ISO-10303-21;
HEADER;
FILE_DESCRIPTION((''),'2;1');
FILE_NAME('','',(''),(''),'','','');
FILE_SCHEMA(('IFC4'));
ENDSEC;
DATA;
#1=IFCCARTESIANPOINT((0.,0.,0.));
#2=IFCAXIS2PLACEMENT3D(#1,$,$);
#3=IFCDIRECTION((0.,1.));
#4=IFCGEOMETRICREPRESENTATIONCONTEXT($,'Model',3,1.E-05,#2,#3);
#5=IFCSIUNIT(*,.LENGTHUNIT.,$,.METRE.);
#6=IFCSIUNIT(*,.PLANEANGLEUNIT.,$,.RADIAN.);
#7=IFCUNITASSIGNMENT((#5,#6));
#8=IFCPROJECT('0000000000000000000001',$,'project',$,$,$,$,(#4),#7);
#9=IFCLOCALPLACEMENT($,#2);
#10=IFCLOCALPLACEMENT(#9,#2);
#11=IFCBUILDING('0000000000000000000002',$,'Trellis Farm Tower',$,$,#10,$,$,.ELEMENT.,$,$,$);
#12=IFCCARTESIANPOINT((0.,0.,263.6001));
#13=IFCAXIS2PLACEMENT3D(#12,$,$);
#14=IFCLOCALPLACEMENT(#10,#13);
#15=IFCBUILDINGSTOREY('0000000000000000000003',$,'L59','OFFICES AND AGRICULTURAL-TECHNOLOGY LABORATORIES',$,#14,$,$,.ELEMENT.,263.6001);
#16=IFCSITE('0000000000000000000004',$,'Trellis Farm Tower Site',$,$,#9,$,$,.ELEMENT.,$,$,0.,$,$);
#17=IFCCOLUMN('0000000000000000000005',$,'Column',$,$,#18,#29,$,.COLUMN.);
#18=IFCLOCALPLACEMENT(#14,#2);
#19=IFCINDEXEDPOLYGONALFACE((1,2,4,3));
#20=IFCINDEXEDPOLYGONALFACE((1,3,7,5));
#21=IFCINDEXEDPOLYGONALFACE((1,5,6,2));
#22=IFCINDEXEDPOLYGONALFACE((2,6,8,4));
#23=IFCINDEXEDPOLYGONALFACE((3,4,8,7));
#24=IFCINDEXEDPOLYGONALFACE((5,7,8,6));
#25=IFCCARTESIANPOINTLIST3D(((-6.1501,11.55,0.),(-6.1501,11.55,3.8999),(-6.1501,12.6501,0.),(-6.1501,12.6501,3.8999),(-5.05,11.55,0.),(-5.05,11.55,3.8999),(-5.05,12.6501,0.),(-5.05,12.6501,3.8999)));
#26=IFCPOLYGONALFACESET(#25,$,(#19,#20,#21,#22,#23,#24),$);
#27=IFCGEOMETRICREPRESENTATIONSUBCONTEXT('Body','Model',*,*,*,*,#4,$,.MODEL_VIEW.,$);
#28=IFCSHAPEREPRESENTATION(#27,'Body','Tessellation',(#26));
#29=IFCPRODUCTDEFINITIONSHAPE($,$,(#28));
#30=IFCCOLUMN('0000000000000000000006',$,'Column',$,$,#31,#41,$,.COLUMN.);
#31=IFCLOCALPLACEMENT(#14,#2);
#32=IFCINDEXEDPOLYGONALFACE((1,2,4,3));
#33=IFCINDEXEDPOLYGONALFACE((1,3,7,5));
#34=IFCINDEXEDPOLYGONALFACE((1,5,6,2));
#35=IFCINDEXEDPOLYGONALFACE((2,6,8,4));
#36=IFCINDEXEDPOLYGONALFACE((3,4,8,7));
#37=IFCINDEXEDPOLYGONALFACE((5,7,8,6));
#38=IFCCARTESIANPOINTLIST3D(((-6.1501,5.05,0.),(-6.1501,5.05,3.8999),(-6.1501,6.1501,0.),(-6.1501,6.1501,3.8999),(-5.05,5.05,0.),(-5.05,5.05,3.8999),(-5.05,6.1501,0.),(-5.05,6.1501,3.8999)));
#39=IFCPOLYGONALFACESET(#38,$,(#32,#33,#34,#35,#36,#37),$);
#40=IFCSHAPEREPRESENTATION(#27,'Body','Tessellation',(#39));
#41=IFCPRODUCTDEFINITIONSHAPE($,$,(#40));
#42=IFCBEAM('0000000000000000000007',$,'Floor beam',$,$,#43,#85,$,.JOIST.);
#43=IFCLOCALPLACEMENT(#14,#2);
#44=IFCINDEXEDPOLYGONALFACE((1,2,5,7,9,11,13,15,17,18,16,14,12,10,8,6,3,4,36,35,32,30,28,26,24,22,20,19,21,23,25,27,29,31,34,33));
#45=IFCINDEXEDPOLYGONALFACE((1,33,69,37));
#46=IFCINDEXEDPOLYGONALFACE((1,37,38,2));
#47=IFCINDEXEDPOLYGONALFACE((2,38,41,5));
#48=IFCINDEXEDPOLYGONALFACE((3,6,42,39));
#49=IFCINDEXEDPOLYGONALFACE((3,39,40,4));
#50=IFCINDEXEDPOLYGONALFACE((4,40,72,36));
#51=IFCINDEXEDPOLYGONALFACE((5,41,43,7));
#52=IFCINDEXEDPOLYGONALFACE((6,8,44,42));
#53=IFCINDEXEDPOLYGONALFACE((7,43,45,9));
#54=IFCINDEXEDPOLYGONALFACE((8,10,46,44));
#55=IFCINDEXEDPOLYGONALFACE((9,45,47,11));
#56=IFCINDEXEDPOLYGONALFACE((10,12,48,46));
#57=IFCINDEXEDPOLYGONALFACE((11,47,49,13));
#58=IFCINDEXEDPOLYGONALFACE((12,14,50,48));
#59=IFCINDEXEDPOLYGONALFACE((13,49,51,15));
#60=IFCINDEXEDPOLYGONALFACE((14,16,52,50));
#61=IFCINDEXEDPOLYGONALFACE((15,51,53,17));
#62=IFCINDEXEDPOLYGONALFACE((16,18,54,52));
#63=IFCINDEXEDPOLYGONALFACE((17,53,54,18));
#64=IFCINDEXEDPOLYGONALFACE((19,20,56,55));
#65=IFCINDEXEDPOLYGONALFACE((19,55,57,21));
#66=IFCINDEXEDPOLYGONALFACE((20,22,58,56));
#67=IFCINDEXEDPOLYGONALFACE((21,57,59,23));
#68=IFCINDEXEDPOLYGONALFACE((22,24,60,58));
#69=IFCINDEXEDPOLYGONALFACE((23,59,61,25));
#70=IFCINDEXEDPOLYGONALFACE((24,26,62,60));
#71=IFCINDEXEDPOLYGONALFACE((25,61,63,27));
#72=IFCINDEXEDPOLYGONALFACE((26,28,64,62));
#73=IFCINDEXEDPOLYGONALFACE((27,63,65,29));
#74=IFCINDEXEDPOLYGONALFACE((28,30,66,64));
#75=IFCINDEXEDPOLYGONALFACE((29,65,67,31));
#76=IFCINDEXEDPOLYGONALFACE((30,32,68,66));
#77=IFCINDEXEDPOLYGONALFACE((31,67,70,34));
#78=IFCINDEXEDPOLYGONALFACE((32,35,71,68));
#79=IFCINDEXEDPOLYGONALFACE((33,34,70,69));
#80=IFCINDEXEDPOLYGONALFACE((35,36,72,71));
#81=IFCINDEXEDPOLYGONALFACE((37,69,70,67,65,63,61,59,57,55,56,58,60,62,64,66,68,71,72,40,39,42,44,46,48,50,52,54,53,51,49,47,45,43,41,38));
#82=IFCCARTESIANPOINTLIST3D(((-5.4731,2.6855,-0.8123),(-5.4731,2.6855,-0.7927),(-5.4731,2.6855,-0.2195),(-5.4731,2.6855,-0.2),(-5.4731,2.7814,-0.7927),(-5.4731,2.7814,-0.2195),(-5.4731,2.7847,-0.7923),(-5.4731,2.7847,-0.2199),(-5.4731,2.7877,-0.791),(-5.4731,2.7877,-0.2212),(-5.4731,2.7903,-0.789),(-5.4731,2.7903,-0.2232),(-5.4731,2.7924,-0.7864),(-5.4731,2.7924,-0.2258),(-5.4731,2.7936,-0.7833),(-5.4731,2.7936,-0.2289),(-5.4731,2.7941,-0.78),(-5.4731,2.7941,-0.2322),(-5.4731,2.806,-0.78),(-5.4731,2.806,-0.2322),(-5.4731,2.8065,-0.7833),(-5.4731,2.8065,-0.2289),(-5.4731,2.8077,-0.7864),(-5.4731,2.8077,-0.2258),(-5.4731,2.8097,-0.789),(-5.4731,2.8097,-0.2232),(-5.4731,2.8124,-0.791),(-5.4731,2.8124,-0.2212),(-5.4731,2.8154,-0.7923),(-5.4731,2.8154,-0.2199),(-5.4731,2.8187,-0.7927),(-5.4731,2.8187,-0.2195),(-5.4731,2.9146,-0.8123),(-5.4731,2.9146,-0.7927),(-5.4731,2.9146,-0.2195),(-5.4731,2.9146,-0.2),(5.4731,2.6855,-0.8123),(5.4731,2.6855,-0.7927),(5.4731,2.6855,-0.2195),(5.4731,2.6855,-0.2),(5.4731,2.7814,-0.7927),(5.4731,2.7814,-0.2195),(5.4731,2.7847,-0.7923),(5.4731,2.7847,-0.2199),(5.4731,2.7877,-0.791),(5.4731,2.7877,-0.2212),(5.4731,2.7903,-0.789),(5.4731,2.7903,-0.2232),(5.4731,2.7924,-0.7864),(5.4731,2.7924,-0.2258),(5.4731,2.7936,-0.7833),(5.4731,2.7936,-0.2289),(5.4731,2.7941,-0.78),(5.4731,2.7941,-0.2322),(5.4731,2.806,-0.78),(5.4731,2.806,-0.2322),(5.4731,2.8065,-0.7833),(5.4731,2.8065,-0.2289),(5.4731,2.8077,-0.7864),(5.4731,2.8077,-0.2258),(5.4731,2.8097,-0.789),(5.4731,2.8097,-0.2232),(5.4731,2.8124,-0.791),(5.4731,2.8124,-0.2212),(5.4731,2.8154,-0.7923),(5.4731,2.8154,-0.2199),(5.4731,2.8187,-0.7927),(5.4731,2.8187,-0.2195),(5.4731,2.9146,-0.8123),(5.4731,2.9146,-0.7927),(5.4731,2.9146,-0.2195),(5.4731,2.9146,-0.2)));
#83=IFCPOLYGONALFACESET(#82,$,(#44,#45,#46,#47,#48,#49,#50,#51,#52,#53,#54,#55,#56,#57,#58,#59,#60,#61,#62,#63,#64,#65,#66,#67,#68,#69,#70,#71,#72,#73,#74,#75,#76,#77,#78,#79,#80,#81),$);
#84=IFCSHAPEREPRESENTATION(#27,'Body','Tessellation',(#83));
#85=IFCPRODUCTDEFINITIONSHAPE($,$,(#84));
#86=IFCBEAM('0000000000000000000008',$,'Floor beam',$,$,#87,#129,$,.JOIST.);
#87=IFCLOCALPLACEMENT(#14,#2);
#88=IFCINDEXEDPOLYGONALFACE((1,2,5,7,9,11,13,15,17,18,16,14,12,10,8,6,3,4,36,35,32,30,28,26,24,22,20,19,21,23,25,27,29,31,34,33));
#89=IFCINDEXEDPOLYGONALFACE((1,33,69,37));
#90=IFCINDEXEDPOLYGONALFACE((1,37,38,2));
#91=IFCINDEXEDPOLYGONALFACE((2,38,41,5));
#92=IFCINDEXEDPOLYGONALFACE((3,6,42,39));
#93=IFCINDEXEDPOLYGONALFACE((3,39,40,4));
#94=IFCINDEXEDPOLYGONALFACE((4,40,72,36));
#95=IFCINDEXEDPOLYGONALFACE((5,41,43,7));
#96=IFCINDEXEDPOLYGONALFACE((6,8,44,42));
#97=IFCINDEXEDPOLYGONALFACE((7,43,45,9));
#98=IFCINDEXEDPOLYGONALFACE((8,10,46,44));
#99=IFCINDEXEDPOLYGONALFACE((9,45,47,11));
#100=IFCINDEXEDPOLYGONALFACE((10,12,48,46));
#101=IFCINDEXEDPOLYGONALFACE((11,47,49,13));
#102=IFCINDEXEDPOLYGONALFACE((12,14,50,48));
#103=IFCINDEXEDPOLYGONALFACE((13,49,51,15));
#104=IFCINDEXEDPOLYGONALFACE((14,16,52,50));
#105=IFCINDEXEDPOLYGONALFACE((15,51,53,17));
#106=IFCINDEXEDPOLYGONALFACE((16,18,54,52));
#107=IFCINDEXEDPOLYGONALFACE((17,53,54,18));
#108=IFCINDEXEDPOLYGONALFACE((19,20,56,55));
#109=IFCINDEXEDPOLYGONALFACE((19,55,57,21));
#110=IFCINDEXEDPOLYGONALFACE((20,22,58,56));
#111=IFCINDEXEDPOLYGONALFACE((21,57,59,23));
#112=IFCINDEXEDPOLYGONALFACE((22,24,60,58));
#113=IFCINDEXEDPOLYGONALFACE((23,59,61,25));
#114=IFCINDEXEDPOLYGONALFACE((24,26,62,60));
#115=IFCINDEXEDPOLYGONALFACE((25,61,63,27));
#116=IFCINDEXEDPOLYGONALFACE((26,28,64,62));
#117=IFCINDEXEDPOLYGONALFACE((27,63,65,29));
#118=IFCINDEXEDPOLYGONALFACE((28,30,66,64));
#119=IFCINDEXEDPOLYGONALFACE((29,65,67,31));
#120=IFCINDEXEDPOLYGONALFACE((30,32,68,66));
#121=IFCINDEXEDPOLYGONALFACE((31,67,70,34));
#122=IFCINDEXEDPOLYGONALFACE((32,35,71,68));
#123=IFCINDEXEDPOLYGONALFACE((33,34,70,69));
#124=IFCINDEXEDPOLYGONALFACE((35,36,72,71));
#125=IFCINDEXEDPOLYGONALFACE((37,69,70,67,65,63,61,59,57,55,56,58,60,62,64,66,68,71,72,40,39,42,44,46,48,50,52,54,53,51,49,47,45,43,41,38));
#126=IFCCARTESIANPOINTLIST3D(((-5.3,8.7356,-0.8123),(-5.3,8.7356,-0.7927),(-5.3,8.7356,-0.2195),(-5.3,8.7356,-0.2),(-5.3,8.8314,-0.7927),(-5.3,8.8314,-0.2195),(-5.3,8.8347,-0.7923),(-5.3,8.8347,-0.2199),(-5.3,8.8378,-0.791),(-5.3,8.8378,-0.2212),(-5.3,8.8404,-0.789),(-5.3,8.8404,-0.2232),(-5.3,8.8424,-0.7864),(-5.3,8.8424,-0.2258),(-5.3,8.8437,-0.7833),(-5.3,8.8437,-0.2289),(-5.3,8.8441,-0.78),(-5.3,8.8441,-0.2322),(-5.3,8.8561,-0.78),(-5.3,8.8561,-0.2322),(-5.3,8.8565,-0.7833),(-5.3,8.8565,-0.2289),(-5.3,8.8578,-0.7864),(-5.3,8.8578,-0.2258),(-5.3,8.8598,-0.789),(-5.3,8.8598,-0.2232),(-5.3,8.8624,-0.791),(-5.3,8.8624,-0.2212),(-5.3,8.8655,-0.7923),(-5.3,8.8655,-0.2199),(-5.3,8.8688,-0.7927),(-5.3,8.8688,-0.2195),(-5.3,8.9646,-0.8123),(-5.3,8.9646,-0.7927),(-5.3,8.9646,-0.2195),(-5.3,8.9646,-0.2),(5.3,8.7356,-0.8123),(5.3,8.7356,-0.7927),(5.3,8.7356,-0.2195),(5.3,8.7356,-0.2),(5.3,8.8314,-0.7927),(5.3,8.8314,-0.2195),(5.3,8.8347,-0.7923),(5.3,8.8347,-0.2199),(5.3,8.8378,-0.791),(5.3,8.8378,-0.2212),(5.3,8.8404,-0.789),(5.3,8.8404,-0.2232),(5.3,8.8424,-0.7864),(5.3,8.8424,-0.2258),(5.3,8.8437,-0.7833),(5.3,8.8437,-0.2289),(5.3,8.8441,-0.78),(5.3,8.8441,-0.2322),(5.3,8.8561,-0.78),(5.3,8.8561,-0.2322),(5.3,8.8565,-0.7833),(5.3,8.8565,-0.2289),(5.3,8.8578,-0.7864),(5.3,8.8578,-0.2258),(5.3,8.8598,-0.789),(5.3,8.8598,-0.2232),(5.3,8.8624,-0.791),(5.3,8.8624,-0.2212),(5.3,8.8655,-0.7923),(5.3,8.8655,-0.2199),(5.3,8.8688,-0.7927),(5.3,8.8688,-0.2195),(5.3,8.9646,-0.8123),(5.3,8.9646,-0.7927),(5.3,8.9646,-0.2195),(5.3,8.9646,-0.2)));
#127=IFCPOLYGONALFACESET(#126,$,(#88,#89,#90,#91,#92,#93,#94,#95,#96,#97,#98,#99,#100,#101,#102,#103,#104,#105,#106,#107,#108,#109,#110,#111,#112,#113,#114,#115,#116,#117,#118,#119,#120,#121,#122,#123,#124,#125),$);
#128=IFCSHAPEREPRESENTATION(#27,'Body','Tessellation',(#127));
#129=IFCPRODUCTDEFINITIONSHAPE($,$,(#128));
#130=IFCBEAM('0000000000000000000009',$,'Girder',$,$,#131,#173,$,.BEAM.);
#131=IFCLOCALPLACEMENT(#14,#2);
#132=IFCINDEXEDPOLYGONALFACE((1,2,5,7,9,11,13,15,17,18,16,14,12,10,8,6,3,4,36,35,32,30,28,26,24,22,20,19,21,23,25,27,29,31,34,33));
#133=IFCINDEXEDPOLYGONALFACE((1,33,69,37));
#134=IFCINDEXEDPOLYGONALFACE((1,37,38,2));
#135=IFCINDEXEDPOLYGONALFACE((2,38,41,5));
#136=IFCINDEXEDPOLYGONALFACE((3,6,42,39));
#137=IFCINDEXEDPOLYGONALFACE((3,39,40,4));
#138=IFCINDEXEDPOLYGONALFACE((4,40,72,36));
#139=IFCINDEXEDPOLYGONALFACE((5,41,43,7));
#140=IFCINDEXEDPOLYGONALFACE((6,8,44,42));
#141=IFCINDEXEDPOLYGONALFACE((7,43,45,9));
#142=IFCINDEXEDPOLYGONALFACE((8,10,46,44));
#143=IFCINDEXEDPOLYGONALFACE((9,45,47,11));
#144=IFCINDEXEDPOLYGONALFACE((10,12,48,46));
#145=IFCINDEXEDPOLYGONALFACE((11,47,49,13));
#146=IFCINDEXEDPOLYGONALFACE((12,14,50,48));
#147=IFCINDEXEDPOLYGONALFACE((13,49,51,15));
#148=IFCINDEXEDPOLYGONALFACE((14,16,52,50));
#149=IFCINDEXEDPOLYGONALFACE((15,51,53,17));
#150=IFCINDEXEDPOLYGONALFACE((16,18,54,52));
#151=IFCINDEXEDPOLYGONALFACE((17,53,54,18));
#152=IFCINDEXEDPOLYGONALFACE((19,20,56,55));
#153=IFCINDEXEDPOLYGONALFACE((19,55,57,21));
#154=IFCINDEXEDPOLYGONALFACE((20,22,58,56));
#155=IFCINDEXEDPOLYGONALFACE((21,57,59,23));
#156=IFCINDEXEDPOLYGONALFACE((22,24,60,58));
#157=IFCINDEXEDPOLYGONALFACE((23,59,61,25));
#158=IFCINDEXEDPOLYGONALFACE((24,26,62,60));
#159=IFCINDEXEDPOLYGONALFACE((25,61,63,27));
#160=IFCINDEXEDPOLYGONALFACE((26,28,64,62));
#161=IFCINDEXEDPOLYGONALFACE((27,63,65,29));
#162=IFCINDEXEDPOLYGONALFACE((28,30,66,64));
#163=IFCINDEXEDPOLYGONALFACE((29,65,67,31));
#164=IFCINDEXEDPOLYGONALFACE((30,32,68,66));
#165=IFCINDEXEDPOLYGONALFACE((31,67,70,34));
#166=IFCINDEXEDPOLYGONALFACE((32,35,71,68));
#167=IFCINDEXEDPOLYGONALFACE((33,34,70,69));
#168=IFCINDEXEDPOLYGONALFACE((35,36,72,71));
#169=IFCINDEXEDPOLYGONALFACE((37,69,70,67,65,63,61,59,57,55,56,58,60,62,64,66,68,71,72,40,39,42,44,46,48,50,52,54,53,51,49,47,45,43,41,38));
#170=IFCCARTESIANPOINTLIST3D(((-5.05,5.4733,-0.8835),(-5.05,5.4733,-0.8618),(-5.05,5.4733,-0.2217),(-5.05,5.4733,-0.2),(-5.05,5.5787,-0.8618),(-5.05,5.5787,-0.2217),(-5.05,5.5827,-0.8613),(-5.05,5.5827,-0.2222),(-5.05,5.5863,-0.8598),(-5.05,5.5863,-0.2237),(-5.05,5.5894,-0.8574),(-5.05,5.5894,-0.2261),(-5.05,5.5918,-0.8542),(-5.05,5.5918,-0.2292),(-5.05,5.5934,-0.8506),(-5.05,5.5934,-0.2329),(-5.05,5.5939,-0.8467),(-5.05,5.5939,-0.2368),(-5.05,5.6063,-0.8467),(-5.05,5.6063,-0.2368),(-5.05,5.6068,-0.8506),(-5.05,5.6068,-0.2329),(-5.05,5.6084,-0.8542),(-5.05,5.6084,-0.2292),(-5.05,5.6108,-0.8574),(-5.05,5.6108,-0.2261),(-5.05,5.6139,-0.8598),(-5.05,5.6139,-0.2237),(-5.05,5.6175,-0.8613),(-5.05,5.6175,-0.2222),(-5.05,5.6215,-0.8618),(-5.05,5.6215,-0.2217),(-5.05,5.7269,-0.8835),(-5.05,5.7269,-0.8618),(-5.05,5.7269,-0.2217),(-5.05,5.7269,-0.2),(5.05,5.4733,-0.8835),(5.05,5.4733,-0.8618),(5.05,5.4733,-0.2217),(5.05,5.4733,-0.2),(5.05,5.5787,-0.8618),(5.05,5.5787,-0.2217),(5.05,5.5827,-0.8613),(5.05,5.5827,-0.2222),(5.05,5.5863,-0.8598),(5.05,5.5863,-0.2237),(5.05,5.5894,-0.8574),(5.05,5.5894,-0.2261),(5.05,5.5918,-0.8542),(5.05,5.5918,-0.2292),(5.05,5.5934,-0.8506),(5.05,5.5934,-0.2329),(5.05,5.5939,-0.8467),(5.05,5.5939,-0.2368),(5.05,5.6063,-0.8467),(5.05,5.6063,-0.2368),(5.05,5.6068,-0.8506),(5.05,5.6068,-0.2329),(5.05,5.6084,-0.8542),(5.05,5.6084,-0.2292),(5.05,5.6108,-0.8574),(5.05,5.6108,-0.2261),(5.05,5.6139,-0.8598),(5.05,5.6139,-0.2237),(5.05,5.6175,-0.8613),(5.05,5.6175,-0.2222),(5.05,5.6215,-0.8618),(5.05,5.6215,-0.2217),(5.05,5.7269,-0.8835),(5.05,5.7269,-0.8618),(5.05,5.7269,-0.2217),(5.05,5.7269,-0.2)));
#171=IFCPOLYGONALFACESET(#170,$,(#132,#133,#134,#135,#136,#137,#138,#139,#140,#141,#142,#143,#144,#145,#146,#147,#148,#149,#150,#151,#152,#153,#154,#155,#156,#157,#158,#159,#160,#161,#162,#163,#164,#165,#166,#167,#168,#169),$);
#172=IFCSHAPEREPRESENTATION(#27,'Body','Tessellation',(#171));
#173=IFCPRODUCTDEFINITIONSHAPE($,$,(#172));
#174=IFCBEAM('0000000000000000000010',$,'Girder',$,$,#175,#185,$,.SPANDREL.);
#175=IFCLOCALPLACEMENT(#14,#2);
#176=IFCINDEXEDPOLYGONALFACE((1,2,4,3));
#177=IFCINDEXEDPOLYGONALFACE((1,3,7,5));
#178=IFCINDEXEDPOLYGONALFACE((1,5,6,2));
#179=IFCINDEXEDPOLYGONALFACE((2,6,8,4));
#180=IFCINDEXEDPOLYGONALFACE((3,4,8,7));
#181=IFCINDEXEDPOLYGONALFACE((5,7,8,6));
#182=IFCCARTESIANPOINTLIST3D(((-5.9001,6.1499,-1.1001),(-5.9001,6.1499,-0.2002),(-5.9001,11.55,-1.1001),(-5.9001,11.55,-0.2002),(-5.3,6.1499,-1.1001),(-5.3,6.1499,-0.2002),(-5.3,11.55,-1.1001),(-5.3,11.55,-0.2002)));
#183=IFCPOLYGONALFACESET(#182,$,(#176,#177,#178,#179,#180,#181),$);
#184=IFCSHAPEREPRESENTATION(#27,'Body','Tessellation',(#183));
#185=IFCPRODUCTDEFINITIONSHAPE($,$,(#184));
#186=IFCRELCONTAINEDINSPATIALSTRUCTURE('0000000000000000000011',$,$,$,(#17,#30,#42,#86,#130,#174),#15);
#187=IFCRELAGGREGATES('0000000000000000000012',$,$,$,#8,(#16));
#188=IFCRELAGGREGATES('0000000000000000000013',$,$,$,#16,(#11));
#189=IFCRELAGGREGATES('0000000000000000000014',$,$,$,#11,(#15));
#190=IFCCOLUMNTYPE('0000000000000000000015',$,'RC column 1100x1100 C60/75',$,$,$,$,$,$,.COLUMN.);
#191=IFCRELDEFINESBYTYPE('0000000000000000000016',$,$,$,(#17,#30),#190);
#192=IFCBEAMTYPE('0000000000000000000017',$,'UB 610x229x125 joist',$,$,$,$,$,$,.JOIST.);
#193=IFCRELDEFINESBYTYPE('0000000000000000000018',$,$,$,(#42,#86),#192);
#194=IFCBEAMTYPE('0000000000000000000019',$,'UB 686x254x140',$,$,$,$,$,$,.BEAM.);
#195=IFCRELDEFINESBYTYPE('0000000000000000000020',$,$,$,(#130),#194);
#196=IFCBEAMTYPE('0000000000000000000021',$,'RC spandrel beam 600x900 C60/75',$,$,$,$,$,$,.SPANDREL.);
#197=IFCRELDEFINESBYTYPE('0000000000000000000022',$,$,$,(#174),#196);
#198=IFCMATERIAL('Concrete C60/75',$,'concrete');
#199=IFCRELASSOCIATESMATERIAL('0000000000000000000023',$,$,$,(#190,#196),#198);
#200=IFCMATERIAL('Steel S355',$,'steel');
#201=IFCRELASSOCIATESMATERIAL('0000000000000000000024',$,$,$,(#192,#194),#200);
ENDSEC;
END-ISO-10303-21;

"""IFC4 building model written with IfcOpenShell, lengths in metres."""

from ifc_helpers import new_model, si_unit, direction, frame, origin, origin_2d, place, context, subcontext, project, spatial, rectangle, i_section, extrude, source, transform, mapped, material, material_profile, profile_set, type_object, element, save


model = new_model("IFC4")

# Units and contexts
model_context = context("Model", 3, precision=1e-05, world=origin(), true_north=direction((0.0, 1.0)))
body_context = subcontext(model_context, "Body", "Model", "MODEL_VIEW")
ifc_project = project(units=[si_unit("LENGTHUNIT", "METRE"), si_unit("PLANEANGLEUNIT", "RADIAN")], contexts=[model_context])

# Site, building, storey
site_placement = place(None, origin())
site = spatial("IfcSite", under=ifc_project, at=site_placement, Name="Trellis Farm Tower Site", CompositionType="ELEMENT", RefElevation=0.0)
building_placement = place(site_placement, origin())
building = spatial("IfcBuilding", under=site, at=building_placement, Name="Trellis Farm Tower", CompositionType="ELEMENT")
storey_placement = place(building_placement, frame((0.0, 0.0, 263.6001)))
storey = spatial("IfcBuildingStorey", under=building, at=storey_placement, Name="L59", Description="OFFICES AND AGRICULTURAL-TECHNOLOGY LABORATORIES", CompositionType="ELEMENT", Elevation=263.6001)

# Columns
ifc_material_1 = material(Name="Concrete C60/75", Category="concrete")
ifc_material_profile_1 = material_profile(ifc_material_1, rectangle(XDim=1.1001, YDim=1.1001, at=origin_2d()), Name="RC column 1100x1100 C60/75")
ifc_profile_set_1 = profile_set([ifc_material_profile_1], Name="Concrete C60/75")
column_type = type_object("IfcColumnType", Name="RC column 1100x1100 C60/75", PredefinedType="COLUMN", material=ifc_profile_set_1)
shared_shape_1 = source(origin(), body_context, "Body", "SweptSolid", [
    extrude(rectangle(XDim=1.1001, YDim=1.1001, at=origin_2d()), origin(), (0.0, 0.0, 1.0), 3.8999),
])
for number, where, z_axis, x_axis, name in (
    (1, (-5.6001, 12.1001, 0.0), (0.0, 0.0, 1.0), (1.0, 0.0, 0.0), "Column"),
    (2, (-5.6001, 5.6001, 0.0), (0.0, 0.0, 1.0), (1.0, 0.0, 0.0), "Column"),
):
    element("IfcColumn", number, at=place(storey_placement, frame(where, z_axis=z_axis, x_axis=x_axis)), inside=storey, type_object=column_type, Name=name, PredefinedType="COLUMN", context=body_context, shape_type="MappedRepresentation", body=[
        mapped(shared_shape_1, transform((0.0, 0.0, 0.0))),
    ])

# Beams
ifc_material_2 = material(Name="Steel S355", Category="steel")
ifc_material_profile_2 = material_profile(ifc_material_2, i_section(OverallWidth=0.229, OverallDepth=0.6123, WebThickness=0.012, FlangeThickness=0.0195, FilletRadius=0.0127, at=origin_2d()), Name="UB 610x229x125")
ifc_profile_set_2 = profile_set([ifc_material_profile_2], Name="Steel S355")
beam_type_1 = type_object("IfcBeamType", Name="UB 610x229x125 joist", PredefinedType="JOIST", material=ifc_profile_set_2)
shared_shape_2 = source(origin(), body_context, "Body", "SweptSolid", [
    extrude(i_section(OverallWidth=0.229, OverallDepth=0.6123, WebThickness=0.012, FlangeThickness=0.0195, FilletRadius=0.0127, at=origin_2d()), origin(), (0.0, 0.0, 1.0), 10.9463),
])
beam_1_placement = place(storey_placement, frame((-5.4731, 2.8, -0.5061), z_axis=(1.0, 0.0, 0.0), x_axis=(0.0, 1.0, 0.0)))
element("IfcBeam", 3, at=beam_1_placement, inside=storey, type_object=beam_type_1, Name="Floor beam", PredefinedType="JOIST", context=body_context, shape_type="MappedRepresentation", body=[
    mapped(shared_shape_2, transform((0.0, 0.0, 0.0))),
])
shared_shape_3 = source(origin(), body_context, "Body", "SweptSolid", [
    extrude(i_section(OverallWidth=0.229, OverallDepth=0.6123, WebThickness=0.012, FlangeThickness=0.0195, FilletRadius=0.0127, at=origin_2d()), origin(), (0.0, 0.0, 1.0), 10.6001),
])
beam_2_placement = place(storey_placement, frame((-5.3, 8.8501, -0.5061), z_axis=(1.0, 0.0, 0.0), x_axis=(0.0, 1.0, 0.0)))
element("IfcBeam", 4, at=beam_2_placement, inside=storey, type_object=beam_type_1, Name="Floor beam", PredefinedType="JOIST", context=body_context, shape_type="MappedRepresentation", body=[
    mapped(shared_shape_3, transform((0.0, 0.0, 0.0))),
])
ifc_material_profile_3 = material_profile(ifc_material_2, i_section(OverallWidth=0.2537, OverallDepth=0.6836, WebThickness=0.0125, FlangeThickness=0.0217, FilletRadius=0.0151, at=origin_2d()), Name="UB 686x254x140")
ifc_profile_set_3 = profile_set([ifc_material_profile_3], Name="Steel S355")
beam_type_2 = type_object("IfcBeamType", Name="UB 686x254x140", PredefinedType="BEAM", material=ifc_profile_set_3)
shared_shape_4 = source(origin(), body_context, "Body", "SweptSolid", [
    extrude(i_section(OverallWidth=0.2537, OverallDepth=0.6836, WebThickness=0.0125, FlangeThickness=0.0217, FilletRadius=0.0151, at=origin_2d()), origin(), (0.0, 0.0, 1.0), 10.1001),
])
beam_3_placement = place(storey_placement, frame((-5.05, 5.6001, -0.5417), z_axis=(1.0, 0.0, 0.0), x_axis=(0.0, 1.0, 0.0)))
element("IfcBeam", 5, at=beam_3_placement, inside=storey, type_object=beam_type_2, Name="Girder", PredefinedType="BEAM", context=body_context, shape_type="MappedRepresentation", body=[
    mapped(shared_shape_4, transform((0.0, 0.0, 0.0))),
])
ifc_material_profile_4 = material_profile(ifc_material_1, rectangle(XDim=0.6001, YDim=0.8999, at=origin_2d()), Name="RC spandrel beam 600x900 C60/75")
ifc_profile_set_4 = profile_set([ifc_material_profile_4], Name="Concrete C60/75")
beam_type_3 = type_object("IfcBeamType", Name="RC spandrel beam 600x900 C60/75", PredefinedType="SPANDREL", material=ifc_profile_set_4)
shared_shape_5 = source(origin(), body_context, "Body", "SweptSolid", [
    extrude(rectangle(XDim=0.6001, YDim=0.8999, at=origin_2d()), origin(), (0.0, 0.0, 1.0), 5.4001),
])
beam_4_placement = place(storey_placement, frame((-5.6001, 6.1499, -0.6501), z_axis=(0.0, 1.0, 0.0), x_axis=(-1.0, 0.0, 0.0)))
element("IfcBeam", 6, at=beam_4_placement, inside=storey, type_object=beam_type_3, Name="Girder", PredefinedType="SPANDREL", context=body_context, shape_type="MappedRepresentation", body=[
    mapped(shared_shape_5, transform((0.0, 0.0, 0.0))),
])

save(model, "model.ifc")
